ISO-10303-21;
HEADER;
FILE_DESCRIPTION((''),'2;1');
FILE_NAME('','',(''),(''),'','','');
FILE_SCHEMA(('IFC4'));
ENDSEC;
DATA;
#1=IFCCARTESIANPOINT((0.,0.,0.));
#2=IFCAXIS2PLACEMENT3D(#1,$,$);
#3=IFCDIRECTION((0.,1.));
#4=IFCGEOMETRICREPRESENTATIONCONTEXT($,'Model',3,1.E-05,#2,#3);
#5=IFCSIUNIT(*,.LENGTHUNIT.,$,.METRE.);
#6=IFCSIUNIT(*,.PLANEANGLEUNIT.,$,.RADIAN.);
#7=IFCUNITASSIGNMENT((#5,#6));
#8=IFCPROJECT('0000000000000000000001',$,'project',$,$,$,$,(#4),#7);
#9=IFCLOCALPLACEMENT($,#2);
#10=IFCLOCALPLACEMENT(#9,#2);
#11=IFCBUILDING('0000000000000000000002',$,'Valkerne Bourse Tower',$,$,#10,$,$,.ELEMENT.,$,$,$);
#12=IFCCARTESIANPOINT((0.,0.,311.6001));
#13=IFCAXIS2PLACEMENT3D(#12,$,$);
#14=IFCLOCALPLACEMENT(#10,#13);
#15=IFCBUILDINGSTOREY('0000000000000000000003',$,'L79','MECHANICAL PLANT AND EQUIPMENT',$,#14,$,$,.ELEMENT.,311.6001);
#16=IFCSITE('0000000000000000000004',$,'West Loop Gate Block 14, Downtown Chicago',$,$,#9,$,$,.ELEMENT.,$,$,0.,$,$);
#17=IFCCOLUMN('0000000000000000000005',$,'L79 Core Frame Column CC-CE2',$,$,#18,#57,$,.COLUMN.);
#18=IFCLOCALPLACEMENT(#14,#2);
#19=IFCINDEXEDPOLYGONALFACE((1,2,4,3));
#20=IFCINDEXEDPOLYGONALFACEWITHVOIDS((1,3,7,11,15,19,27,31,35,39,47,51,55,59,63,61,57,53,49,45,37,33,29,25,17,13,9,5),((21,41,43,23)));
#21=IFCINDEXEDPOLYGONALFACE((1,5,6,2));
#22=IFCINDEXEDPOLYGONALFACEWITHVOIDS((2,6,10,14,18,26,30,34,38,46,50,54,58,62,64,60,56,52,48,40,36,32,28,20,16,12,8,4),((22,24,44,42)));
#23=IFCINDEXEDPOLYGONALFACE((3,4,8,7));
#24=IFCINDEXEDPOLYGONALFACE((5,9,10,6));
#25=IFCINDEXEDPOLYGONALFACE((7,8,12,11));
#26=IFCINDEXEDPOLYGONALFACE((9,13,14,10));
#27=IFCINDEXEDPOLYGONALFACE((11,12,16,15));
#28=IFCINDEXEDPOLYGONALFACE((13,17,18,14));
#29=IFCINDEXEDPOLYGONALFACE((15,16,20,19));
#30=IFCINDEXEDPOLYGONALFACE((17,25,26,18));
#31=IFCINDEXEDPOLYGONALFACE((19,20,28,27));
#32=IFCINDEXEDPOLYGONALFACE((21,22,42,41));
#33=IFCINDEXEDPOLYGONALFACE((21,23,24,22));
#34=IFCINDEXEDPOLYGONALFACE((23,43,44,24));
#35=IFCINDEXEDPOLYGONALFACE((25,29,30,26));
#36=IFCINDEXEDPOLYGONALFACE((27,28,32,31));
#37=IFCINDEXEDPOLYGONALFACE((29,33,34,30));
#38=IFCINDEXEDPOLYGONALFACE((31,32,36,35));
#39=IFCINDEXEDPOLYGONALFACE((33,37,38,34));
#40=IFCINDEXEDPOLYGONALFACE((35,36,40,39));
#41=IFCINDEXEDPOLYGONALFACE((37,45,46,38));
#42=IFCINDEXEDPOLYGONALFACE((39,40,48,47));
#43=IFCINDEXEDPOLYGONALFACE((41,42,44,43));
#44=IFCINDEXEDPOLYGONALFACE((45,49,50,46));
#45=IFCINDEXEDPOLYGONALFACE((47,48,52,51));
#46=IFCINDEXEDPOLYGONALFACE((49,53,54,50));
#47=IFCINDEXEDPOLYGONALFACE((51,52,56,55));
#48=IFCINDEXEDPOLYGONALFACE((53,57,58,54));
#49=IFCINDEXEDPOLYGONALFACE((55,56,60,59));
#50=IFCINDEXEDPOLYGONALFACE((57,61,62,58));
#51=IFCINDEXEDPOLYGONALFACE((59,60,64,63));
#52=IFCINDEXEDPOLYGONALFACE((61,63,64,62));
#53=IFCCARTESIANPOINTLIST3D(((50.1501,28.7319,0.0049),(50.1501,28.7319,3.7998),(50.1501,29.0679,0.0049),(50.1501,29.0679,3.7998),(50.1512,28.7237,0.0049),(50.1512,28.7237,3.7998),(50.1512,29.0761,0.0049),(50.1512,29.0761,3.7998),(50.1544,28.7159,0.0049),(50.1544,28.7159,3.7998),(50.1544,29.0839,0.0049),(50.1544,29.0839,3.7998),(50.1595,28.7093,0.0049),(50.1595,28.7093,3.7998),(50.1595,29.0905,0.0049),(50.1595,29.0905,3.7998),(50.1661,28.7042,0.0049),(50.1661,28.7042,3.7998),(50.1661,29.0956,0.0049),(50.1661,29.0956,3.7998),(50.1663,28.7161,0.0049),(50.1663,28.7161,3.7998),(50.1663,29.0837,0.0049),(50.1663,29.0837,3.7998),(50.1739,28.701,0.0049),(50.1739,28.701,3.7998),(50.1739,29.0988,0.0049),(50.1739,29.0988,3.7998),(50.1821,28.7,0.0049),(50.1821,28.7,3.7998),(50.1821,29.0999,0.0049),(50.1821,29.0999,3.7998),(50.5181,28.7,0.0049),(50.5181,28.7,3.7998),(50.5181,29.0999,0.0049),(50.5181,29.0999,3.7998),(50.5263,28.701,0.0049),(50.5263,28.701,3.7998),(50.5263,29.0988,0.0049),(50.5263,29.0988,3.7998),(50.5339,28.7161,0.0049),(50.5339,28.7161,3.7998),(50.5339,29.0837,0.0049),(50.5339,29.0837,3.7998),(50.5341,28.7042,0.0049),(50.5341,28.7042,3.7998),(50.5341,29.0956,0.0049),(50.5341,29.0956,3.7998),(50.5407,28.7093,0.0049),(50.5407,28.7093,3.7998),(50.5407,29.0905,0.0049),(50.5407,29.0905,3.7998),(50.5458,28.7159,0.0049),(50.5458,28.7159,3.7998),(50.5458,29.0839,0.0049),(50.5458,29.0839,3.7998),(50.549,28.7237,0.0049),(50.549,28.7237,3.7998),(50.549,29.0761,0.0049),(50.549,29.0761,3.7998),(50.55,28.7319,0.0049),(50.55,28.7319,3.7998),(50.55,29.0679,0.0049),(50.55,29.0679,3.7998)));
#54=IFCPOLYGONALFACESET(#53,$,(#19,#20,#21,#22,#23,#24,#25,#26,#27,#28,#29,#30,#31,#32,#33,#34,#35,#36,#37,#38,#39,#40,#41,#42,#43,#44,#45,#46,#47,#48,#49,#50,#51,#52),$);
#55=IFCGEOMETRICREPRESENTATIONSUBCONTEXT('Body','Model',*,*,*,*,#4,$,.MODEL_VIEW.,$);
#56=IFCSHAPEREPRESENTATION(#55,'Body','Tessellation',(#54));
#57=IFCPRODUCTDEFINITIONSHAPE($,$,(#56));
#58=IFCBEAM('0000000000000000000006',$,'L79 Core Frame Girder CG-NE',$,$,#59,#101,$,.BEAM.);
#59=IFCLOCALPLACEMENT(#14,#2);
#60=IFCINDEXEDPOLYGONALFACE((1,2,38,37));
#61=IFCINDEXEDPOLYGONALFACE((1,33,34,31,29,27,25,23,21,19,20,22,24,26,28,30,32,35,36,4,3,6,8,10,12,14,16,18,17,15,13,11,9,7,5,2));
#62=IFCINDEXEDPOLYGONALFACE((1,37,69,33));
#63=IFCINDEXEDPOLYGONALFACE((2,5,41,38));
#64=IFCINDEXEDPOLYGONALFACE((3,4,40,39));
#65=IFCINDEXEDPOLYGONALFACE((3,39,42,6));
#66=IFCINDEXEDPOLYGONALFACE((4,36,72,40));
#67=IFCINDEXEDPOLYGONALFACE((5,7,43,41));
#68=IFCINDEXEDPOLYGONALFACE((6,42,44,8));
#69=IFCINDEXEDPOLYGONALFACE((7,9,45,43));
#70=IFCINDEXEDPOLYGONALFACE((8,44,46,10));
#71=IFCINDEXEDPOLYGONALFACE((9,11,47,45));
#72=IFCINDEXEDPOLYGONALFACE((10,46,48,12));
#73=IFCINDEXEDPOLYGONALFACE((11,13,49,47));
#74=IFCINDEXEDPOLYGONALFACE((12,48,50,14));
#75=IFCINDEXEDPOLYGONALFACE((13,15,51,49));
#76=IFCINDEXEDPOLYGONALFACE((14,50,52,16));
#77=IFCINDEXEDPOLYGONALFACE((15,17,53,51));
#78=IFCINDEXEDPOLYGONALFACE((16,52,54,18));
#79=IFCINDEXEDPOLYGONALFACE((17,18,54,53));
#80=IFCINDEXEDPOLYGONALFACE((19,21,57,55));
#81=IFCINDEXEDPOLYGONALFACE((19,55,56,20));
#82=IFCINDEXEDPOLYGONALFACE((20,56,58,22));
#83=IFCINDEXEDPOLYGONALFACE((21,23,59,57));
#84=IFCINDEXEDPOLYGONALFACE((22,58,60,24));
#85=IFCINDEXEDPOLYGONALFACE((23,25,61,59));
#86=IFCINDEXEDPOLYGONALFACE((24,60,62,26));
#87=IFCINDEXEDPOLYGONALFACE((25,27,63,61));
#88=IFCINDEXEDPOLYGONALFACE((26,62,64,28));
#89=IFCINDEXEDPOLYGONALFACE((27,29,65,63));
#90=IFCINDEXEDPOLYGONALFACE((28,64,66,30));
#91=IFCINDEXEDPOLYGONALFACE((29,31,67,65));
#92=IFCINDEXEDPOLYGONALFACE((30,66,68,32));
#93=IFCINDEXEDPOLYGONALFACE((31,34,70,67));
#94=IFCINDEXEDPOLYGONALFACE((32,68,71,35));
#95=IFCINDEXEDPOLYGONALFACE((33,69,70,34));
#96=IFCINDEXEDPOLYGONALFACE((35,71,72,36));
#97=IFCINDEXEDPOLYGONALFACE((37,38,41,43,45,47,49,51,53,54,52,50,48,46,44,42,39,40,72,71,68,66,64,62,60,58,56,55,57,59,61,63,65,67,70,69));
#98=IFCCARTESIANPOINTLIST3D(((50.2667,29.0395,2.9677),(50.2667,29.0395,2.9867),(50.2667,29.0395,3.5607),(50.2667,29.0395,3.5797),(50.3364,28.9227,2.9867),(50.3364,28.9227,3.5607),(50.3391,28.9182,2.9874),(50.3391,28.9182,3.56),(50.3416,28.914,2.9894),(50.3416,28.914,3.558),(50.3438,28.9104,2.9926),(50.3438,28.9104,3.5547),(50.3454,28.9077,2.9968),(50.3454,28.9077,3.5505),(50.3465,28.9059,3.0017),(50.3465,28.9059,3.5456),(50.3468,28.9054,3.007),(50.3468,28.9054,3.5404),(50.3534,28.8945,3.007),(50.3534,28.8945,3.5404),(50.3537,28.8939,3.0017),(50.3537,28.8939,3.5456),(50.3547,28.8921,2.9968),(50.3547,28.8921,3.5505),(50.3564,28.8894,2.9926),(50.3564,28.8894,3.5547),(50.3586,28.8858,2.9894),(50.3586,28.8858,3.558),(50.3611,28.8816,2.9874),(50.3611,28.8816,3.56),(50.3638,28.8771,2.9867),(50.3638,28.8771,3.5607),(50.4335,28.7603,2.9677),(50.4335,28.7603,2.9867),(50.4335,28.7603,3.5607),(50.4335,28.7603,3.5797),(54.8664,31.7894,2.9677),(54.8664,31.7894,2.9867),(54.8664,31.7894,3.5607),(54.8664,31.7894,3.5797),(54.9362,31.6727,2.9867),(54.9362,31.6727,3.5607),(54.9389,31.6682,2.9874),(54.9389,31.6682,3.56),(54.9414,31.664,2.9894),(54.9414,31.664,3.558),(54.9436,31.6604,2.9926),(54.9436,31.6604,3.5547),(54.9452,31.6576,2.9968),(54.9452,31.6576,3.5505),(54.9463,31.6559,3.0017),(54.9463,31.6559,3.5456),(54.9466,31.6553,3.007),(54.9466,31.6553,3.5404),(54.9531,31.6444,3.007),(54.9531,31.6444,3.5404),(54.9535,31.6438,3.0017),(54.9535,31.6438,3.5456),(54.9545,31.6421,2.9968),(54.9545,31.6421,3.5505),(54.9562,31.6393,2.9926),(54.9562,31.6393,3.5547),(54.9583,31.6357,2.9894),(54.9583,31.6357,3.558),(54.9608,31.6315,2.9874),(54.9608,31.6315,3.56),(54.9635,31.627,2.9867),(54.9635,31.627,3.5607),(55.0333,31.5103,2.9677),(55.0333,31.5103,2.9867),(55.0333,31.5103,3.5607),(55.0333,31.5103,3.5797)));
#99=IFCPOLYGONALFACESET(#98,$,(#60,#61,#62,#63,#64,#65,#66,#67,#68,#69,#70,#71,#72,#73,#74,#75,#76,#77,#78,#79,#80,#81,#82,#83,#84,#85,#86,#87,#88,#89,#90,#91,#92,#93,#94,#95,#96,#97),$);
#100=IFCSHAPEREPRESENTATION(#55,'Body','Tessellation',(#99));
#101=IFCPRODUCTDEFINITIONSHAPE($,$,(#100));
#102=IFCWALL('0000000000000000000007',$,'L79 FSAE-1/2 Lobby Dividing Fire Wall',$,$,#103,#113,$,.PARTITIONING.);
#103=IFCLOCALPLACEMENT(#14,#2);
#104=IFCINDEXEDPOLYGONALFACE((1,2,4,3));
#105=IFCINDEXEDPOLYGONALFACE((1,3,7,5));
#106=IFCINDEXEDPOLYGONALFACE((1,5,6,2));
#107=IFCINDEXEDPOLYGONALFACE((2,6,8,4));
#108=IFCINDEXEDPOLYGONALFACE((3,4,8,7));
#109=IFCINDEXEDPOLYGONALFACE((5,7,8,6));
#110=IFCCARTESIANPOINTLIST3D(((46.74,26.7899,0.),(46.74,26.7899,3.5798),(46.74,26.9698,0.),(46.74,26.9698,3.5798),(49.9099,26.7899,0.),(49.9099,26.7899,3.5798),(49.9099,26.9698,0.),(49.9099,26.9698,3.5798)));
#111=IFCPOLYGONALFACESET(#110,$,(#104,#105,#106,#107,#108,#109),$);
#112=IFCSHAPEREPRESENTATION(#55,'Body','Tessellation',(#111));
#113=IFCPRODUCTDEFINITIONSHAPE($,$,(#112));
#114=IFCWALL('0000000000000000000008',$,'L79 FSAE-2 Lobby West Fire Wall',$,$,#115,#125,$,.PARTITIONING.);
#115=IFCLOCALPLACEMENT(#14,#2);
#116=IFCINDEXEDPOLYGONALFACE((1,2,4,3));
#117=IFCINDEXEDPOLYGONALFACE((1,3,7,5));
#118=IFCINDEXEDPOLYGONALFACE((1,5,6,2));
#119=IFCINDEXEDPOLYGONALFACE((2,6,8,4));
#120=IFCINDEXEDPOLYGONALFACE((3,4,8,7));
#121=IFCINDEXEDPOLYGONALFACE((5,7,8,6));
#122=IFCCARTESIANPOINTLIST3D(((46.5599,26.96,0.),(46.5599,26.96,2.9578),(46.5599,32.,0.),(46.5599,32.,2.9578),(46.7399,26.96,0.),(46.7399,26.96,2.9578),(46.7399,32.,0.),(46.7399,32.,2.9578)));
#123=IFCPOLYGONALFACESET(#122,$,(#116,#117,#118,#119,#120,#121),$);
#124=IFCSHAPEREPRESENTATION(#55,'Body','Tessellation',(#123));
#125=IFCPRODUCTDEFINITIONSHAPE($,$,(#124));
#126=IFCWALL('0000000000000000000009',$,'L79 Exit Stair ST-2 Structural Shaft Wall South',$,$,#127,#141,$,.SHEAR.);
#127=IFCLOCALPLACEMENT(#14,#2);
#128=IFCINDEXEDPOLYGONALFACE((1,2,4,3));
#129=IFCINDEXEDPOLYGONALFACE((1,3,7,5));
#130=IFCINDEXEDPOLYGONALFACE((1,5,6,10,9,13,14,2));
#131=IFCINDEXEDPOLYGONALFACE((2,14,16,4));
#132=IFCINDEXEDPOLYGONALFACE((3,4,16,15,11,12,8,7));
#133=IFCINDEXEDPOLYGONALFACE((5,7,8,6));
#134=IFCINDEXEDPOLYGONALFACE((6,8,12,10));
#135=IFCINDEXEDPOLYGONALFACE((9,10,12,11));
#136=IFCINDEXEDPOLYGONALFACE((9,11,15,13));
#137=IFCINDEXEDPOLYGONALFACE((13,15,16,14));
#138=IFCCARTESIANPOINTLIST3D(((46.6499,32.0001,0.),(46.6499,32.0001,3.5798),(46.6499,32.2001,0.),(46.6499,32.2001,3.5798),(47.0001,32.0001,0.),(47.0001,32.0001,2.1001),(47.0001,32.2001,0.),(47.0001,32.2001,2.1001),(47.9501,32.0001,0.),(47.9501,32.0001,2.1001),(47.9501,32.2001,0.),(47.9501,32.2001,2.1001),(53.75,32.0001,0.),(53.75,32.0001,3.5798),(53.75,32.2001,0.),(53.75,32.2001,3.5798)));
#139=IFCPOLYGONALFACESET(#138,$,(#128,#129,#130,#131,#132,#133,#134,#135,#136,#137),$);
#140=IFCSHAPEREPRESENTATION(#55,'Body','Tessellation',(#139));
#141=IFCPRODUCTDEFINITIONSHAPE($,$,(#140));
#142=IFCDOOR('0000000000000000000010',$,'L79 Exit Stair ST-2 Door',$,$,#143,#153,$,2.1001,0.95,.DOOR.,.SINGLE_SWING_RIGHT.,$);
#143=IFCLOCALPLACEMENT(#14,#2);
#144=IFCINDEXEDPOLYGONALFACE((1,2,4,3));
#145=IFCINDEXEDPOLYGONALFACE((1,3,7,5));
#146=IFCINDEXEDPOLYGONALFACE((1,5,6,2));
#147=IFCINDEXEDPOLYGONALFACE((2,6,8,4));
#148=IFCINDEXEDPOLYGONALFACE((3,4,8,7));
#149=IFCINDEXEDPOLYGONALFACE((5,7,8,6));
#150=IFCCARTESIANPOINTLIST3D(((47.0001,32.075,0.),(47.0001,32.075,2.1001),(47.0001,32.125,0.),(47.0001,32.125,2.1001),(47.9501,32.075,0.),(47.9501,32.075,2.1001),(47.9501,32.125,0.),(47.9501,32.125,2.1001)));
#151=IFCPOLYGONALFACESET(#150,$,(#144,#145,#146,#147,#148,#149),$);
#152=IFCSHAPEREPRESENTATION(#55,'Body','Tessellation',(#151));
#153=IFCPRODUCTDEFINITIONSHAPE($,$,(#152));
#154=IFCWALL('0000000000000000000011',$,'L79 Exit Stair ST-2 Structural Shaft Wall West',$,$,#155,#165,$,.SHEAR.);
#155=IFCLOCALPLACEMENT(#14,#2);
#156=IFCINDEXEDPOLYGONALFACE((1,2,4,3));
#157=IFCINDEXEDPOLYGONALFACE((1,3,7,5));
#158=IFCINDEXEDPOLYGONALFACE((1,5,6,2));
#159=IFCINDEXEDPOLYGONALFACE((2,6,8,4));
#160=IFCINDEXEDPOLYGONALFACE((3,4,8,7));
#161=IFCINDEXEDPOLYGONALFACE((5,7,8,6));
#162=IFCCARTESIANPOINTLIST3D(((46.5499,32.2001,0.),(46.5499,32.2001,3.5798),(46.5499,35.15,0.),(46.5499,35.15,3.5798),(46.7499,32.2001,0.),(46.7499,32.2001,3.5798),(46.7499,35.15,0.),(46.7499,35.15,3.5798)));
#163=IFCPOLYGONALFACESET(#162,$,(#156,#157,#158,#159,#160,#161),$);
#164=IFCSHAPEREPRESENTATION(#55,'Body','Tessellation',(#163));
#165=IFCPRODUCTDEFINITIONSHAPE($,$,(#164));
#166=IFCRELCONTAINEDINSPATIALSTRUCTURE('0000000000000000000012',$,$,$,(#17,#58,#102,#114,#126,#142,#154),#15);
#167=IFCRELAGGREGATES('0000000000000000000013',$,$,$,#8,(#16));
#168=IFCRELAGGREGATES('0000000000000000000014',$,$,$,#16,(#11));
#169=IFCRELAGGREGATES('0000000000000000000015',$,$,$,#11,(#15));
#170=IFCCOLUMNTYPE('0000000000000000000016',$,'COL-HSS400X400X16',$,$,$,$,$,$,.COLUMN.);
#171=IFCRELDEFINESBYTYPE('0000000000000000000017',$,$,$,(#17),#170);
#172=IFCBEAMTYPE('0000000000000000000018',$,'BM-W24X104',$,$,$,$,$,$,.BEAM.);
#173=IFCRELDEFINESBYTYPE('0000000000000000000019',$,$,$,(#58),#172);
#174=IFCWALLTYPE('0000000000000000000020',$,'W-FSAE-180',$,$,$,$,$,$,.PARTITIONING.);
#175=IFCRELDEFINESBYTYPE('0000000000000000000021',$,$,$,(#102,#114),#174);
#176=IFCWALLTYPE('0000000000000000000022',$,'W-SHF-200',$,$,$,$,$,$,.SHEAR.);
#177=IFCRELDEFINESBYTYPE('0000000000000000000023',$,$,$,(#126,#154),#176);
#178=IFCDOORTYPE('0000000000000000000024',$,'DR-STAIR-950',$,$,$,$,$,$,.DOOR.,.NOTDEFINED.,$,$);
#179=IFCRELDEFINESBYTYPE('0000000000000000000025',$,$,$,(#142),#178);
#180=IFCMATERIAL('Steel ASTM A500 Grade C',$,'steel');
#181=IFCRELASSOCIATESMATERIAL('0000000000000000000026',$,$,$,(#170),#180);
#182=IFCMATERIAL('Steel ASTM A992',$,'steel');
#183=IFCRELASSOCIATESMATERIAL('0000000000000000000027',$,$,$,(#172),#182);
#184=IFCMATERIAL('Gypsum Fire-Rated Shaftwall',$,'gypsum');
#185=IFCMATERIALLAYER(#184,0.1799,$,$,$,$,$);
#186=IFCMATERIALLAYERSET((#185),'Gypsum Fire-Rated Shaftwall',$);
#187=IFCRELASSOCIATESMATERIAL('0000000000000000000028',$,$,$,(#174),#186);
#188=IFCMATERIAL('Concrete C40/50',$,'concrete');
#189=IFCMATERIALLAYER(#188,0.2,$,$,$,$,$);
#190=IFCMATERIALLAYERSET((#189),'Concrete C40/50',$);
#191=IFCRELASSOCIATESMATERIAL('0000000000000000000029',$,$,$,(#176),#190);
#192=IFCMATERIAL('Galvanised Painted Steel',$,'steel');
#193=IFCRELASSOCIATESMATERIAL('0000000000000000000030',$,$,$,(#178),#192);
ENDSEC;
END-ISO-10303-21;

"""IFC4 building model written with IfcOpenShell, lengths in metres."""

from ifc_helpers import new_model, si_unit, direction, frame, frame_2d, origin, origin_2d, place, context, subcontext, project, spatial, rectangle, hollow_rectangle, i_section, extrude, material, layer, layer_set, material_profile, profile_set, type_object, element, fill, save


model = new_model("IFC4")

# Units and contexts
model_context = context("Model", 3, precision=1e-05, world=origin(), true_north=direction((0.0, 1.0)))
body_context = subcontext(model_context, "Body", "Model", "MODEL_VIEW")
ifc_project = project(units=[si_unit("LENGTHUNIT", "METRE"), si_unit("PLANEANGLEUNIT", "RADIAN")], contexts=[model_context])

# Site, building, storey
site_placement = place(None, origin())
site = spatial("IfcSite", under=ifc_project, at=site_placement, Name="West Loop Gate Block 14, Downtown Chicago", CompositionType="ELEMENT", RefElevation=0.0)
building_placement = place(site_placement, origin())
building = spatial("IfcBuilding", under=site, at=building_placement, Name="Valkerne Bourse Tower", CompositionType="ELEMENT")
storey_placement = place(building_placement, frame((0.0, 0.0, 311.6001)))
storey = spatial("IfcBuildingStorey", under=building, at=storey_placement, Name="L79", Description="MECHANICAL PLANT AND EQUIPMENT", CompositionType="ELEMENT", Elevation=311.6001)

# Column
ifc_material_1 = material(Name="Steel ASTM A500 Grade C", Category="steel")
ifc_material_profile_1 = material_profile(ifc_material_1, hollow_rectangle(XDim=0.3999, YDim=0.3999, WallThickness=0.0161, OuterFilletRadius=0.032, at=origin_2d()), Name="HSS400X400X16")
ifc_profile_set_1 = profile_set([ifc_material_profile_1], Name="Steel ASTM A500 Grade C")
column_type = type_object("IfcColumnType", Name="COL-HSS400X400X16", PredefinedType="COLUMN", material=ifc_profile_set_1)
column_placement = place(storey_placement, frame((50.3501, 28.8999, 0.0049), z_axis=(0.0, 0.0, 1.0), x_axis=(1.0, 0.0, 0.0)))
element("IfcColumn", 1, at=column_placement, inside=storey, type_object=column_type, Name="L79 Core Frame Column CC-CE2", PredefinedType="COLUMN", context=body_context, shape_type="SweptSolid", body=[
    extrude(hollow_rectangle(XDim=0.3999, YDim=0.3999, WallThickness=0.0161, OuterFilletRadius=0.032, at=origin_2d()), origin(), (0.0, 0.0, 1.0), 3.7949),
])

# Beam
ifc_material_2 = material(Name="Steel ASTM A992", Category="steel")
ifc_material_profile_2 = material_profile(ifc_material_2, i_section(OverallWidth=0.3252, OverallDepth=0.6121, WebThickness=0.0127, FlangeThickness=0.019, FilletRadius=0.0203, at=origin_2d()), Name="W24X104")
ifc_profile_set_2 = profile_set([ifc_material_profile_2], Name="Steel ASTM A992")
beam_type = type_object("IfcBeamType", Name="BM-W24X104", PredefinedType="BEAM", material=ifc_profile_set_2)
beam_placement = place(storey_placement, frame((50.3501, 28.8999, 3.2737), z_axis=(0.858308, 0.513135, 0.0), x_axis=(-0.513135, 0.858308, 0.0)))
element("IfcBeam", 2, at=beam_placement, inside=storey, type_object=beam_type, Name="L79 Core Frame Girder CG-NE", PredefinedType="BEAM", context=body_context, shape_type="SweptSolid", body=[
    extrude(i_section(OverallWidth=0.3252, OverallDepth=0.6121, WebThickness=0.0127, FlangeThickness=0.019, FilletRadius=0.0203, at=origin_2d()), origin(), (0.0, 0.0, 1.0), 5.3591),
])

# Walls
ifc_material_3 = material(Name="Gypsum Fire-Rated Shaftwall", Category="gypsum")
ifc_layer_1 = layer(ifc_material_3, 0.1799)
ifc_layer_set_1 = layer_set([ifc_layer_1], Name="Gypsum Fire-Rated Shaftwall")
wall_type_1 = type_object("IfcWallType", Name="W-FSAE-180", PredefinedType="PARTITIONING", material=ifc_layer_set_1)
wall_1_placement = place(storey_placement, frame((46.74, 26.8799, 0.0), z_axis=(0.0, 0.0, 1.0), x_axis=(1.0, 0.0, 0.0)))
element("IfcWall", 3, at=wall_1_placement, inside=storey, type_object=wall_type_1, Name="L79 FSAE-1/2 Lobby Dividing Fire Wall", PredefinedType="PARTITIONING", context=body_context, shape_type="SweptSolid", body=[
    extrude(rectangle(XDim=3.1699, YDim=0.1799, at=frame_2d((1.585, 0.0))), origin(), (0.0, 0.0, 1.0), 3.5798),
])
wall_2_placement = place(storey_placement, frame((46.6499, 26.96, 0.0), z_axis=(0.0, 0.0, 1.0), x_axis=(0.0, 1.0, 0.0)))
element("IfcWall", 4, at=wall_2_placement, inside=storey, type_object=wall_type_1, Name="L79 FSAE-2 Lobby West Fire Wall", PredefinedType="PARTITIONING", context=body_context, shape_type="SweptSolid", body=[
    extrude(rectangle(XDim=5.04, YDim=0.1799, at=frame_2d((2.52, 0.0))), origin(), (0.0, 0.0, 1.0), 2.9578),
])

# Shared definitions
ifc_material_4 = material(Name="Galvanised Painted Steel", Category="steel")

# Wall, opening, door
ifc_material_5 = material(Name="Concrete C40/50", Category="concrete")
ifc_layer_2 = layer(ifc_material_5, 0.2)
ifc_layer_set_2 = layer_set([ifc_layer_2], Name="Concrete C40/50")
wall_type_2 = type_object("IfcWallType", Name="W-SHF-200", PredefinedType="SHEAR", material=ifc_layer_set_2)
wall_3_placement = place(storey_placement, frame((46.6499, 32.1001, 0.0), z_axis=(0.0, 0.0, 1.0), x_axis=(1.0, 0.0, 0.0)))
wall_3 = element("IfcWall", 5, at=wall_3_placement, inside=storey, type_object=wall_type_2, Name="L79 Exit Stair ST-2 Structural Shaft Wall South", PredefinedType="SHEAR", context=body_context, shape_type="SweptSolid", body=[
    extrude(rectangle(XDim=7.1001, YDim=0.2, at=frame_2d((3.55, 0.0))), origin(), (0.0, 0.0, 1.0), 3.5798),
])
opening_1_placement = place(wall_3_placement, frame((0.3501, 0.0, 0.0)))
opening_1 = element("IfcOpeningElement", 6, at=opening_1_placement, cuts=wall_3, PredefinedType="OPENING", context=body_context, shape_type="SweptSolid", body=[
    extrude(rectangle(XDim=0.95, YDim=2.1001, at=frame_2d((0.4751, 1.05))), frame((0.0, 0.1099, 0.0), z_axis=(0.0, -1.0, 0.0), x_axis=(1.0, 0.0, 0.0)), (0.0, 0.0, 1.0), 0.22),
])
door_type_1 = type_object("IfcDoorType", Name="DR-STAIR-950", OperationType="NOTDEFINED", PredefinedType="DOOR", material=ifc_material_4)
door_1_placement = place(opening_1_placement, origin())
door_1 = element("IfcDoor", 7, at=door_1_placement, inside=storey, type_object=door_type_1, Name="L79 Exit Stair ST-2 Door", OperationType="SINGLE_SWING_RIGHT", OverallHeight=2.1001, OverallWidth=0.95, PredefinedType="DOOR", context=body_context, shape_type="SweptSolid", body=[
    extrude(rectangle(XDim=0.95, YDim=2.1001, at=frame_2d((0.4751, 1.05))), frame((0.0, 0.0249, 0.0), z_axis=(0.0, -1.0, 0.0), x_axis=(1.0, 0.0, 0.0)), (0.0, 0.0, 1.0), 0.05),
])
fill(opening_1, door_1)

# Wall
wall_4_placement = place(storey_placement, frame((46.6499, 32.2, 0.0), z_axis=(0.0, 0.0, 1.0), x_axis=(0.0, 1.0, 0.0)))
element("IfcWall", 8, at=wall_4_placement, inside=storey, type_object=wall_type_2, Name="L79 Exit Stair ST-2 Structural Shaft Wall West", PredefinedType="SHEAR", context=body_context, shape_type="SweptSolid", body=[
    extrude(rectangle(XDim=2.95, YDim=0.2, at=frame_2d((1.4751, 0.0))), origin(), (0.0, 0.0, 1.0), 3.5798),
])

save(model, "model.ifc")
